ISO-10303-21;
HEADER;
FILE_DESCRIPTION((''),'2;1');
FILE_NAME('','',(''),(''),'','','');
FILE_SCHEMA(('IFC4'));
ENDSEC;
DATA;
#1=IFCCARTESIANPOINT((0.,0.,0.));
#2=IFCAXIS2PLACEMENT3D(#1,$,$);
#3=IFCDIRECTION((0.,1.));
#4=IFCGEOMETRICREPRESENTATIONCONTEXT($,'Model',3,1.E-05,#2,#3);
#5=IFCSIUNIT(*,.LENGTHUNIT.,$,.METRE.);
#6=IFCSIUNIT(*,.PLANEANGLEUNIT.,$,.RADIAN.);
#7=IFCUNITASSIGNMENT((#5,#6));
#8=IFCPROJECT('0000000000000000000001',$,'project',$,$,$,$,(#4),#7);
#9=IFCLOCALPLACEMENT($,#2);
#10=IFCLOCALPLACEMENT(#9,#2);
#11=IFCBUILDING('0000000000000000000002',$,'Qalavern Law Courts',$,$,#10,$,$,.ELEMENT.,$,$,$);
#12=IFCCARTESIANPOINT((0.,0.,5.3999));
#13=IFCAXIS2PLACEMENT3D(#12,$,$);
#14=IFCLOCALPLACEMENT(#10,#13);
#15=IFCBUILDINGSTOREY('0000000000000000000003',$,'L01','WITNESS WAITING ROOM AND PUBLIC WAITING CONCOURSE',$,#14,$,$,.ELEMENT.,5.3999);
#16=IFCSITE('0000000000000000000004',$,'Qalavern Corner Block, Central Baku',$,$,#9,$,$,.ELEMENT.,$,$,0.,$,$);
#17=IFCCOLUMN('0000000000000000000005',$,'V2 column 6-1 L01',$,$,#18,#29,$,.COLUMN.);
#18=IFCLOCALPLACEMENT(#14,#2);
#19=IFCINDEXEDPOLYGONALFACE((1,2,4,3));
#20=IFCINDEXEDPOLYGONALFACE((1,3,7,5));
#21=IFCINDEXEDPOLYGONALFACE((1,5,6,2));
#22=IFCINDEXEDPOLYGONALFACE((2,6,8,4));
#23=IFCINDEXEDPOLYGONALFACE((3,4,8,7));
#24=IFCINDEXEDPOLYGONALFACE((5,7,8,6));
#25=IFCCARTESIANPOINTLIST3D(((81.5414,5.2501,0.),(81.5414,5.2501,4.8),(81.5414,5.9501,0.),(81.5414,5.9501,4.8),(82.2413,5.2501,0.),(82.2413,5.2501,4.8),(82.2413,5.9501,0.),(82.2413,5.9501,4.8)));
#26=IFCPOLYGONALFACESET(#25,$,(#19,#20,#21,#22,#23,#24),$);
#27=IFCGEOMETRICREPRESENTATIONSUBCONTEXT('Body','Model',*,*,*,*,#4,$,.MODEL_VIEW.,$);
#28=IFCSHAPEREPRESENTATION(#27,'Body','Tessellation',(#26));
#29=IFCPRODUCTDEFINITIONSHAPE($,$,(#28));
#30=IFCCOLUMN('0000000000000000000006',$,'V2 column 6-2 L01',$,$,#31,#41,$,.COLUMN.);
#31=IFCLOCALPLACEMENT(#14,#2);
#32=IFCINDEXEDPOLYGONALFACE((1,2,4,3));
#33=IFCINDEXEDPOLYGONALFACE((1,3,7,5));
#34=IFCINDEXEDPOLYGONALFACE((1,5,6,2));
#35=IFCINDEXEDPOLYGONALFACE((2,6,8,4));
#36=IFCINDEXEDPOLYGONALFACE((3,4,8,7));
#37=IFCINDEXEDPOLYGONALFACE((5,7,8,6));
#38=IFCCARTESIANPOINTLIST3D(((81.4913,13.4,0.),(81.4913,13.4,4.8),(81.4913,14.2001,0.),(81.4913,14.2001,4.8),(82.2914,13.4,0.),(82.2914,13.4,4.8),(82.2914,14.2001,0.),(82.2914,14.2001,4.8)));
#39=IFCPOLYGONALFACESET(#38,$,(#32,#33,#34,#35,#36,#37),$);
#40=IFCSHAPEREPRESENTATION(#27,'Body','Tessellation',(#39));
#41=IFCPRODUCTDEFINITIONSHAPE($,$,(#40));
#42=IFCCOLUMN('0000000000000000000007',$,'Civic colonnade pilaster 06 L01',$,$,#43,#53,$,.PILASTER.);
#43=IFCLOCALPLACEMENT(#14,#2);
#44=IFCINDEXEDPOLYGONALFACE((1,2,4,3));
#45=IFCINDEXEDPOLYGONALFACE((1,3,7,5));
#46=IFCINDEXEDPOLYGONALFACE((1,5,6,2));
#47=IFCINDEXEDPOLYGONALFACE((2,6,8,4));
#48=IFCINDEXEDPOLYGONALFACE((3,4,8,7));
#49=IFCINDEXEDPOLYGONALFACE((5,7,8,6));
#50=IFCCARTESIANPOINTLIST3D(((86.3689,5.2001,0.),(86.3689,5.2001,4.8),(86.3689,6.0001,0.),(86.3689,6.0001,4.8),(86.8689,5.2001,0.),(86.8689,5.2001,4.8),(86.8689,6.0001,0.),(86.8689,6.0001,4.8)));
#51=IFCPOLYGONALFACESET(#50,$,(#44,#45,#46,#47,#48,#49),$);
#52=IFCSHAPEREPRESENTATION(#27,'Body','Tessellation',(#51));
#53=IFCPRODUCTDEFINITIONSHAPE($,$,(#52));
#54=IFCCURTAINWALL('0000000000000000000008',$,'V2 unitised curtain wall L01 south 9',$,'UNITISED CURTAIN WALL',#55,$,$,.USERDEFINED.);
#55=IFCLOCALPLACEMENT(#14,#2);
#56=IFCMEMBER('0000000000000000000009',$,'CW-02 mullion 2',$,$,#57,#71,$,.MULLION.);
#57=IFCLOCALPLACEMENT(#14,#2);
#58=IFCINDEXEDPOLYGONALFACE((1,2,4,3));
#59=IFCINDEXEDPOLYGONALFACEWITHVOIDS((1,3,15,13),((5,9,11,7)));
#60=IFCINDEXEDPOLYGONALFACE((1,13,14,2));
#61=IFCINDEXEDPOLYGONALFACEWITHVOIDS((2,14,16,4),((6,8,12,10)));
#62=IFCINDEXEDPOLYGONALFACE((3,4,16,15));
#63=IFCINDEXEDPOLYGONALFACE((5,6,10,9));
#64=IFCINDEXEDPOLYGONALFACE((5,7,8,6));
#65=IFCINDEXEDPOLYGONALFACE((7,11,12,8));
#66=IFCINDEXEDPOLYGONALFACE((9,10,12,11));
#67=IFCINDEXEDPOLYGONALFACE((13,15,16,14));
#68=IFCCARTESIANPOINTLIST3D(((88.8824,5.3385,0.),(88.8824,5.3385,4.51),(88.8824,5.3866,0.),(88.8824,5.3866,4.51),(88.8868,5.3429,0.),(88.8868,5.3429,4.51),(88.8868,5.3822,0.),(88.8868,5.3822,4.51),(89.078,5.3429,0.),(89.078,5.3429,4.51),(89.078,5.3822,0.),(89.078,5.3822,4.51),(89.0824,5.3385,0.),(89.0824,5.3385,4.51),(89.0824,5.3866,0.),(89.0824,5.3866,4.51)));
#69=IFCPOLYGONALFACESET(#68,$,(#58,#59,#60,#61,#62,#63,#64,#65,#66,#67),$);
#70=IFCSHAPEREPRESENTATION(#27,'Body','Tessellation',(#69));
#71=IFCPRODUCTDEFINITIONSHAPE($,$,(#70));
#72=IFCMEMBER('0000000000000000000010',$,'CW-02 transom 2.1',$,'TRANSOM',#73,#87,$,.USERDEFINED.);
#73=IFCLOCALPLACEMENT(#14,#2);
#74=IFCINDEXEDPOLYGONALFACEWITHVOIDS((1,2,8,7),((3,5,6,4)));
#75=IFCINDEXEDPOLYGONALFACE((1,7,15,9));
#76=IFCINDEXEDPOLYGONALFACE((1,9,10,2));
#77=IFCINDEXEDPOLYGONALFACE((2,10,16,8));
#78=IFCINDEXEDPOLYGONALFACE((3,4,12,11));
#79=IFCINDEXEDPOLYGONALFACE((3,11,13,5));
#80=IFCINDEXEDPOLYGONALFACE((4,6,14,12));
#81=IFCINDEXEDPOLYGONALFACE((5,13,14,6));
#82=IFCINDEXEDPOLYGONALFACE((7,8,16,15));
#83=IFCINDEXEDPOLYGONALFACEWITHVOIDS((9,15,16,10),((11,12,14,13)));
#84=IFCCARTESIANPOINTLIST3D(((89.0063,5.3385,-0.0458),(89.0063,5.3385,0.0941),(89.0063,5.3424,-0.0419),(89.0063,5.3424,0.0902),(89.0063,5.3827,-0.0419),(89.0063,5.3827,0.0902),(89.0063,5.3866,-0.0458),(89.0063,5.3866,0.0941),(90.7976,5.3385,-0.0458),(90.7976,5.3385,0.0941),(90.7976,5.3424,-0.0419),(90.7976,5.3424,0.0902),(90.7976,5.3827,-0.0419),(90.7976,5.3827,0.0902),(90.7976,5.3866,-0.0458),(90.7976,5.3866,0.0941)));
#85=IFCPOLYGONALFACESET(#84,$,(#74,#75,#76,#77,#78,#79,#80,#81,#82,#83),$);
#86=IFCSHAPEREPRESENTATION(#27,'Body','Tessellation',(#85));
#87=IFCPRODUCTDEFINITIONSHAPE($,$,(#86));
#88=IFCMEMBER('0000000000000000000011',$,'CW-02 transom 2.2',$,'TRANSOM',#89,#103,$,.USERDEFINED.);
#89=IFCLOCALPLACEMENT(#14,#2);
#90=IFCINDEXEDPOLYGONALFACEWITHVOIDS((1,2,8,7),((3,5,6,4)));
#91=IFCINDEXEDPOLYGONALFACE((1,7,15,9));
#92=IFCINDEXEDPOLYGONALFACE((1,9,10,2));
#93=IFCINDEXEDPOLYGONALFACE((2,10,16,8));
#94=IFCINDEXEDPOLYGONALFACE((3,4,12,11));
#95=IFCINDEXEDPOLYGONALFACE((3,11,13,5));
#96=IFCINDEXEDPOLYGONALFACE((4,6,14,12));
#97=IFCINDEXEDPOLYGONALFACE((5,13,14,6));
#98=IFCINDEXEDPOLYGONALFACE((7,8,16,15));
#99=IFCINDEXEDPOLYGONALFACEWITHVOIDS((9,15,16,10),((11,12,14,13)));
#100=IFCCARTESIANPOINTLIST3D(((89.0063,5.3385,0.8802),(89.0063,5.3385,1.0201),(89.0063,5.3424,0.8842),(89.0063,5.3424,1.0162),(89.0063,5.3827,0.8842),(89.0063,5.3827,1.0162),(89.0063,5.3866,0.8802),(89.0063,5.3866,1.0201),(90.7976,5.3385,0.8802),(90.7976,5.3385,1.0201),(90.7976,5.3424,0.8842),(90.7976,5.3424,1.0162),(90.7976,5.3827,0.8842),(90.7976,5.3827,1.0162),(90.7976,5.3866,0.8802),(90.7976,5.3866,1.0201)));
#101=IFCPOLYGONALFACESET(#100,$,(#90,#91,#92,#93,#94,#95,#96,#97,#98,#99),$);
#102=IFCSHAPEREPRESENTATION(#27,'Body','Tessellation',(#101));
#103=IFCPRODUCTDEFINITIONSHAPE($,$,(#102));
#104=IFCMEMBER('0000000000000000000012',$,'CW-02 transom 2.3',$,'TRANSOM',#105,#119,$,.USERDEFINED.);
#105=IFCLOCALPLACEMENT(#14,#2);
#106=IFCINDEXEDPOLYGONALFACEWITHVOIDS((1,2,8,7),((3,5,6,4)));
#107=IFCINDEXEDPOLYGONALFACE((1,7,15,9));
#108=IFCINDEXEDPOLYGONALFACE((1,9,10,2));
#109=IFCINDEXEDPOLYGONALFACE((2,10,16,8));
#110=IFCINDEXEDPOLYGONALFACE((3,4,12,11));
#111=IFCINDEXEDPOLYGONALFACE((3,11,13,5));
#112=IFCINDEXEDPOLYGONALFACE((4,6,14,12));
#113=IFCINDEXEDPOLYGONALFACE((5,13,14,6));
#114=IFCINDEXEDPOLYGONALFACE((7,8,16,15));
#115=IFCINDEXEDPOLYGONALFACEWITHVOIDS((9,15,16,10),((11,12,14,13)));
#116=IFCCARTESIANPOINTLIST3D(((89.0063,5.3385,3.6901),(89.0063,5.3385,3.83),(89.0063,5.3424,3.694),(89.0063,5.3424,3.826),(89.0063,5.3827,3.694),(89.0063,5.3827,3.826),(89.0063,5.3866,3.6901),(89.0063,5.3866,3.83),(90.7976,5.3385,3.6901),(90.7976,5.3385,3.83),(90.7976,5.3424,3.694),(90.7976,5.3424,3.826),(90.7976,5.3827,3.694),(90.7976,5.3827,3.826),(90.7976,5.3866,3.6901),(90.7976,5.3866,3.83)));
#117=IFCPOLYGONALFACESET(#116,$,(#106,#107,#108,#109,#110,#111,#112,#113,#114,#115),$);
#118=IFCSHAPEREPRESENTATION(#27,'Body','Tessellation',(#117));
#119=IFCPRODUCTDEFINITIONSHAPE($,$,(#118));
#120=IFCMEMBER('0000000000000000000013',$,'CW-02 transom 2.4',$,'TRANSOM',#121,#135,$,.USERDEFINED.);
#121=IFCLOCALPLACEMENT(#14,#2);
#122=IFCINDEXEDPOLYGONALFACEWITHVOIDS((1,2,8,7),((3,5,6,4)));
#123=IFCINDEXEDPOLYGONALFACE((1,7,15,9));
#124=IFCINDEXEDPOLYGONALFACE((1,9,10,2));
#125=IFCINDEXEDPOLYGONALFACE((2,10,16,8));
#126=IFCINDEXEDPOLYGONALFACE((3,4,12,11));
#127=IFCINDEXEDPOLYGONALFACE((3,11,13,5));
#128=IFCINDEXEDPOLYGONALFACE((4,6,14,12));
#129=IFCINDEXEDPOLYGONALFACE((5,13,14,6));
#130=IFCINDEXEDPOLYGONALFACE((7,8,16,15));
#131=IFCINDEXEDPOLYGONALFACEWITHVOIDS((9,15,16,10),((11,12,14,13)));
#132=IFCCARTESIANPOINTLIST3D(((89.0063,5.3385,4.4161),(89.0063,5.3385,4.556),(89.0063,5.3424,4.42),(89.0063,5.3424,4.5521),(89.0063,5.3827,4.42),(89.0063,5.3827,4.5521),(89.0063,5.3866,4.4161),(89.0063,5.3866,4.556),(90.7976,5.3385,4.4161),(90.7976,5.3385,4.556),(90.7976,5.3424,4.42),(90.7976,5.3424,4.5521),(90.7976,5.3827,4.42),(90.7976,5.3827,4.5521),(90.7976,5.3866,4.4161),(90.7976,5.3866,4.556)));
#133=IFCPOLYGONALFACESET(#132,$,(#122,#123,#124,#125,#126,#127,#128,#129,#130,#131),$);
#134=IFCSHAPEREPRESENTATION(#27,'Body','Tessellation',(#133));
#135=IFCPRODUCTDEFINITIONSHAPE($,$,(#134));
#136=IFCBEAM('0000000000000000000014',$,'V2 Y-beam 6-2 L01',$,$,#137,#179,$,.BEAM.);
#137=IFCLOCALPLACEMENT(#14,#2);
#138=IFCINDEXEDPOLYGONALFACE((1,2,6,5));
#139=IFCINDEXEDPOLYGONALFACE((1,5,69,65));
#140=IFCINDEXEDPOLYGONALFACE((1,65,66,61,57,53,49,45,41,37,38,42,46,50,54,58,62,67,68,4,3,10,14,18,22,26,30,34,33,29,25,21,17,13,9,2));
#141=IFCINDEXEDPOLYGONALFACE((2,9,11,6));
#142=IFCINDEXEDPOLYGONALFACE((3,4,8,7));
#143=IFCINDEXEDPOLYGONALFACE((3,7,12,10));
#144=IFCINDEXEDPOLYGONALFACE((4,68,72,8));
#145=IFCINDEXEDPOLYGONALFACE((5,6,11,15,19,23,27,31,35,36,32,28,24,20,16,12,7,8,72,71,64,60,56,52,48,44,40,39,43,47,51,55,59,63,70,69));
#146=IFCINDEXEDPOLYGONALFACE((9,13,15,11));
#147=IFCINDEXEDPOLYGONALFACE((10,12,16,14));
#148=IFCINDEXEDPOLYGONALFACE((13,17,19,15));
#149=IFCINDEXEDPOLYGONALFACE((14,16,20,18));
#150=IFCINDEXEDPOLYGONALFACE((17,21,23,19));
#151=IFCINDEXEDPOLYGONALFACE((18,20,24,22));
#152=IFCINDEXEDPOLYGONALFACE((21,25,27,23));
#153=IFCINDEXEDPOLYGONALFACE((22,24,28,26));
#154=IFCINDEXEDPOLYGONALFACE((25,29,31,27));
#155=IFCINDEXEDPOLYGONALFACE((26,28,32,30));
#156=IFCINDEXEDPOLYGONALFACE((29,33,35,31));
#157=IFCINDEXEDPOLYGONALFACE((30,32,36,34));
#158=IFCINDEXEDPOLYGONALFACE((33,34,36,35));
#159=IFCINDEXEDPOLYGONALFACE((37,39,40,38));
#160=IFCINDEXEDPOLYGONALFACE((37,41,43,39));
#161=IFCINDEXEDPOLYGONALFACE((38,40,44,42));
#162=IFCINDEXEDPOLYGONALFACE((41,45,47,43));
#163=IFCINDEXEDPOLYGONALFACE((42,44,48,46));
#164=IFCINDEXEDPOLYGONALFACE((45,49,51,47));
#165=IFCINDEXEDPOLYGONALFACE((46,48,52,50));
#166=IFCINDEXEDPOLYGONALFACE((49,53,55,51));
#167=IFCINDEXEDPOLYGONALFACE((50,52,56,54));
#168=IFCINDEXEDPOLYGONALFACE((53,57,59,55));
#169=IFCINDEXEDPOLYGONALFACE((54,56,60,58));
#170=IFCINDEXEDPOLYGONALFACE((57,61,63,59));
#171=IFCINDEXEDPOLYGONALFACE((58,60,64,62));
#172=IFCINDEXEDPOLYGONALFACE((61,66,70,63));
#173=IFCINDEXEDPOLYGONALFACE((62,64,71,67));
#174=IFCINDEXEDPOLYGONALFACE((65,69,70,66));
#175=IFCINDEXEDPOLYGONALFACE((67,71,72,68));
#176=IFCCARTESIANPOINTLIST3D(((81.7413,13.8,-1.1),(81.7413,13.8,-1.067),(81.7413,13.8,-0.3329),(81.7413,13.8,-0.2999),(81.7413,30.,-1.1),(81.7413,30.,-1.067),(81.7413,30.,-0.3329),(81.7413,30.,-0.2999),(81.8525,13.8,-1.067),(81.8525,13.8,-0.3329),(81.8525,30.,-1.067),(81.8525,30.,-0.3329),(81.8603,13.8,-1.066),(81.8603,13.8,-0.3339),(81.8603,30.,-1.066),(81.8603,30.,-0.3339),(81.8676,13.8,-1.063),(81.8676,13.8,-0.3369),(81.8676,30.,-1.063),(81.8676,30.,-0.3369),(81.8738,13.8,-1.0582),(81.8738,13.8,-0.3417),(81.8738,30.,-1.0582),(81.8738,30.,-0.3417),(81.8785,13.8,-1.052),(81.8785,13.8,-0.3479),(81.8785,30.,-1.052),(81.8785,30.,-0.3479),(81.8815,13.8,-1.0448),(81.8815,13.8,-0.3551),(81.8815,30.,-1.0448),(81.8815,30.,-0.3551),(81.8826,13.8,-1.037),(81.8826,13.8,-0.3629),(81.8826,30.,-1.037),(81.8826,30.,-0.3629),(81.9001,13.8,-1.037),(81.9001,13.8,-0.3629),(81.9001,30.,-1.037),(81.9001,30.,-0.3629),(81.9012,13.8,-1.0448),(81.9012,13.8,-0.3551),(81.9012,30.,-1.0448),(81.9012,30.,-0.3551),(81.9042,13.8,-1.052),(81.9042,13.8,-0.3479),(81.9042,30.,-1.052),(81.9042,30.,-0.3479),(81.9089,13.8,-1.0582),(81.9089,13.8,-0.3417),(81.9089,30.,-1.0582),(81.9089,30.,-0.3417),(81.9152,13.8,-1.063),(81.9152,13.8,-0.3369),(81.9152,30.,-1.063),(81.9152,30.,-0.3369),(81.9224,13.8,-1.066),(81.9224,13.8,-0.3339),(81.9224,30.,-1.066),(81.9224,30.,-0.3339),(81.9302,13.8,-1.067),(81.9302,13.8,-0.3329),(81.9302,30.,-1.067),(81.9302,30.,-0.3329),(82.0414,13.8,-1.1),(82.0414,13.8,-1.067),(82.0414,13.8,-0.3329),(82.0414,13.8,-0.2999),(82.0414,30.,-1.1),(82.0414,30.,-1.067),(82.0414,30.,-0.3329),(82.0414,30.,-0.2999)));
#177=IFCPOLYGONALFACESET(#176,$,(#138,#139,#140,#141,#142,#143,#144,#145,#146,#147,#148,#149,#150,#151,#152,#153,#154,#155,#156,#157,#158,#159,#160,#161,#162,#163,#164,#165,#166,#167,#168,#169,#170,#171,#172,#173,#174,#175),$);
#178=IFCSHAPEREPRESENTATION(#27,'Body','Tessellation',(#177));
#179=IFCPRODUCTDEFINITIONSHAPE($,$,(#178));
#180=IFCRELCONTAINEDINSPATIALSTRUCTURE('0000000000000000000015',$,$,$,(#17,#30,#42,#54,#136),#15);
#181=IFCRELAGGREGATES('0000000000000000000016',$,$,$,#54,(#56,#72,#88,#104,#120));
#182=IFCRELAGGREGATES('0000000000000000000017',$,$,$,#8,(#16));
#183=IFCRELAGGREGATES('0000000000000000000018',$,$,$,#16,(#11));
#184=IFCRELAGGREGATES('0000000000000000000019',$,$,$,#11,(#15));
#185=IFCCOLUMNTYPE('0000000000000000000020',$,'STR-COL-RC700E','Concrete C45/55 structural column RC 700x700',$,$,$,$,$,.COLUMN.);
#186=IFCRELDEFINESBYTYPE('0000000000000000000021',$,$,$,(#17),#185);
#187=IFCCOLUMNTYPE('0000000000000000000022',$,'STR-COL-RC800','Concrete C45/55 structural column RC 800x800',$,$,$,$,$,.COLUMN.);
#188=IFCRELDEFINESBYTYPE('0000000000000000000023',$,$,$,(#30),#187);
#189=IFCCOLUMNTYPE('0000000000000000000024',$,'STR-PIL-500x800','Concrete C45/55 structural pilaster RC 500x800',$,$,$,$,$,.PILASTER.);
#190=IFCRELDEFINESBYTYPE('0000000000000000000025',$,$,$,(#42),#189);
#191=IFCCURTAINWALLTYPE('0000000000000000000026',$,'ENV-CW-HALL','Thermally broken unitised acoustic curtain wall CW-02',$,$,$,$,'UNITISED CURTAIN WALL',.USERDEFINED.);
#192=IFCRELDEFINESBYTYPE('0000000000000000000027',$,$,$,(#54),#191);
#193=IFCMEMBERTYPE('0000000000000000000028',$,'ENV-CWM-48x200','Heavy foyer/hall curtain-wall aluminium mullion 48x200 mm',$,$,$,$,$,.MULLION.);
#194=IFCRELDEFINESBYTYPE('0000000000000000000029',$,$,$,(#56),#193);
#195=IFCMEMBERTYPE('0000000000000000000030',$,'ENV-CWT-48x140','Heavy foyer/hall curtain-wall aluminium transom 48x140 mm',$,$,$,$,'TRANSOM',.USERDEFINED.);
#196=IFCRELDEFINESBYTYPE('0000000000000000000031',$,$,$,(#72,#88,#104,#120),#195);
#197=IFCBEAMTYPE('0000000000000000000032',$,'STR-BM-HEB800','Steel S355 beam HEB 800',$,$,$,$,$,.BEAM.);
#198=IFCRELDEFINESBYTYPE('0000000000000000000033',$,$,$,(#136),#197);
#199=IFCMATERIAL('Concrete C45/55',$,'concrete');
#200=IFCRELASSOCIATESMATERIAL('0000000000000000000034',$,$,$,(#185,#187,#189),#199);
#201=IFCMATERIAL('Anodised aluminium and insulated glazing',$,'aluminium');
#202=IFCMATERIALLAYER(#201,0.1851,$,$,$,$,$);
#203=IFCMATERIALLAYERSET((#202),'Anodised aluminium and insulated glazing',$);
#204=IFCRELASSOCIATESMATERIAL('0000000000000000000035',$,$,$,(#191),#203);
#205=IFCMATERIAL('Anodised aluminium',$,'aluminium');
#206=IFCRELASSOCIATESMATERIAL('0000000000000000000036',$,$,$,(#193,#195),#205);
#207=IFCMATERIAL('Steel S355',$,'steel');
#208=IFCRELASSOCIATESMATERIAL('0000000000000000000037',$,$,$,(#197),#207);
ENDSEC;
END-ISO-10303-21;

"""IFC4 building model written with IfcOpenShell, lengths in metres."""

from ifc_helpers import new_model, si_unit, direction, frame, origin, origin_2d, place, context, subcontext, project, spatial, rectangle, hollow_rectangle, i_section, extrude, material, layer, layer_set, material_profile, profile_set, type_object, element, aggregate, save


model = new_model("IFC4")

# Units and contexts
model_context = context("Model", 3, precision=1e-05, world=origin(), true_north=direction((0.0, 1.0)))
body_context = subcontext(model_context, "Body", "Model", "MODEL_VIEW")
ifc_project = project(units=[si_unit("LENGTHUNIT", "METRE"), si_unit("PLANEANGLEUNIT", "RADIAN")], contexts=[model_context])

# Site, building, storey
site_placement = place(None, origin())
site = spatial("IfcSite", under=ifc_project, at=site_placement, Name="Qalavern Corner Block, Central Baku", CompositionType="ELEMENT", RefElevation=0.0)
building_placement = place(site_placement, origin())
building = spatial("IfcBuilding", under=site, at=building_placement, Name="Qalavern Law Courts", CompositionType="ELEMENT")
storey_placement = place(building_placement, frame((0.0, 0.0, 5.3999)))
storey = spatial("IfcBuildingStorey", under=building, at=storey_placement, Name="L01", Description="WITNESS WAITING ROOM AND PUBLIC WAITING CONCOURSE", CompositionType="ELEMENT", Elevation=5.3999)

# Columns
ifc_material_1 = material(Name="Concrete C45/55", Category="concrete")
ifc_material_profile_1 = material_profile(ifc_material_1, rectangle(XDim=0.7, YDim=0.7, at=origin_2d()), Name="RC 700x700")
ifc_profile_set_1 = profile_set([ifc_material_profile_1], Name="Concrete C45/55")
column_type_1 = type_object("IfcColumnType", Name="STR-COL-RC700E", Description="Concrete C45/55 structural column RC 700x700", PredefinedType="COLUMN", material=ifc_profile_set_1)
column_1_placement = place(storey_placement, frame((81.8914, 5.6001, 0.0), z_axis=(0.0, 0.0, 1.0), x_axis=(1.0, 0.0, 0.0)))
element("IfcColumn", 1, at=column_1_placement, inside=storey, type_object=column_type_1, Name="V2 column 6-1 L01", PredefinedType="COLUMN", context=body_context, shape_type="SweptSolid", body=[
    extrude(rectangle(XDim=0.7, YDim=0.7, at=origin_2d()), origin(), (0.0, 0.0, 1.0), 4.8),
])
ifc_material_profile_2 = material_profile(ifc_material_1, rectangle(XDim=0.8, YDim=0.8, at=origin_2d()), Name="RC 800x800")
ifc_profile_set_2 = profile_set([ifc_material_profile_2], Name="Concrete C45/55")
column_type_2 = type_object("IfcColumnType", Name="STR-COL-RC800", Description="Concrete C45/55 structural column RC 800x800", PredefinedType="COLUMN", material=ifc_profile_set_2)
column_2_placement = place(storey_placement, frame((81.8914, 13.8, 0.0), z_axis=(0.0, 0.0, 1.0), x_axis=(1.0, 0.0, 0.0)))
element("IfcColumn", 2, at=column_2_placement, inside=storey, type_object=column_type_2, Name="V2 column 6-2 L01", PredefinedType="COLUMN", context=body_context, shape_type="SweptSolid", body=[
    extrude(rectangle(XDim=0.8, YDim=0.8, at=origin_2d()), origin(), (0.0, 0.0, 1.0), 4.8),
])
ifc_material_profile_3 = material_profile(ifc_material_1, rectangle(XDim=0.5, YDim=0.8, at=origin_2d()), Name="RC 500x800")
ifc_profile_set_3 = profile_set([ifc_material_profile_3], Name="Concrete C45/55")
column_type_3 = type_object("IfcColumnType", Name="STR-PIL-500x800", Description="Concrete C45/55 structural pilaster RC 500x800", PredefinedType="PILASTER", material=ifc_profile_set_3)
column_3_placement = place(storey_placement, frame((86.6189, 5.6001, 0.0), z_axis=(0.0, 0.0, 1.0), x_axis=(1.0, 0.0, 0.0)))
element("IfcColumn", 3, at=column_3_placement, inside=storey, type_object=column_type_3, Name="Civic colonnade pilaster 06 L01", PredefinedType="PILASTER", context=body_context, shape_type="SweptSolid", body=[
    extrude(rectangle(XDim=0.5, YDim=0.8, at=origin_2d()), origin(), (0.0, 0.0, 1.0), 4.8),
])

# Curtain wall, members
ifc_material_2 = material(Name="Anodised aluminium and insulated glazing", Category="aluminium")
ifc_layer_1 = layer(ifc_material_2, 0.1851)
ifc_layer_set_1 = layer_set([ifc_layer_1], Name="Anodised aluminium and insulated glazing")
curtain_wall_type = type_object("IfcCurtainWallType", Name="ENV-CW-HALL", Description="Thermally broken unitised acoustic curtain wall CW-02", ElementType="UNITISED CURTAIN WALL", PredefinedType="USERDEFINED", material=ifc_layer_set_1)
curtain_wall_placement = place(storey_placement, origin())
curtain_wall = element("IfcCurtainWall", 4, at=curtain_wall_placement, inside=storey, type_object=curtain_wall_type, Name="V2 unitised curtain wall L01 south 9", ObjectType="UNITISED CURTAIN WALL", PredefinedType="USERDEFINED")
ifc_material_3 = material(Name="Anodised aluminium", Category="aluminium")
ifc_material_profile_4 = material_profile(ifc_material_3, hollow_rectangle(XDim=0.0481, YDim=0.2, WallThickness=0.0044, at=origin_2d()), Name="ALU MULLION 48x200")
ifc_profile_set_4 = profile_set([ifc_material_profile_4], Name="Anodised aluminium")
member_type_1 = type_object("IfcMemberType", Name="ENV-CWM-48x200", Description="Heavy foyer/hall curtain-wall aluminium mullion 48x200 mm", PredefinedType="MULLION", material=ifc_profile_set_4)
member_1_placement = place(storey_placement, frame((88.9824, 5.3625, 0.0), z_axis=(0.0, 0.0, 1.0), x_axis=(0.0, 1.0, 0.0)))
member_1 = element("IfcMember", 5, at=member_1_placement, type_object=member_type_1, Name="CW-02 mullion 2", PredefinedType="MULLION", context=body_context, shape_type="SweptSolid", body=[
    extrude(hollow_rectangle(XDim=0.0481, YDim=0.2, WallThickness=0.0044, at=origin_2d()), origin(), (0.0, 0.0, 1.0), 4.51),
])
ifc_material_profile_5 = material_profile(ifc_material_3, hollow_rectangle(XDim=0.0481, YDim=0.1399, WallThickness=0.0039, at=origin_2d()), Name="ALU TRANSOM 48x140")
ifc_profile_set_5 = profile_set([ifc_material_profile_5], Name="Anodised aluminium")
member_type_2 = type_object("IfcMemberType", Name="ENV-CWT-48x140", Description="Heavy foyer/hall curtain-wall aluminium transom 48x140 mm", ElementType="TRANSOM", PredefinedType="USERDEFINED", material=ifc_profile_set_5)
member_2_placement = place(storey_placement, frame((89.0063, 5.3625, 0.0242), z_axis=(1.0, 0.0, 0.0), x_axis=(0.0, 1.0, 0.0)))
member_2 = element("IfcMember", 6, at=member_2_placement, type_object=member_type_2, Name="CW-02 transom 2.1", ObjectType="TRANSOM", PredefinedType="USERDEFINED", context=body_context, shape_type="SweptSolid", body=[
    extrude(hollow_rectangle(XDim=0.0481, YDim=0.1399, WallThickness=0.0039, at=origin_2d()), origin(), (0.0, 0.0, 1.0), 1.7913),
])
member_3_placement = place(storey_placement, frame((89.0063, 5.3625, 0.9502), z_axis=(1.0, 0.0, 0.0), x_axis=(0.0, 1.0, 0.0)))
member_3 = element("IfcMember", 7, at=member_3_placement, type_object=member_type_2, Name="CW-02 transom 2.2", ObjectType="TRANSOM", PredefinedType="USERDEFINED", context=body_context, shape_type="SweptSolid", body=[
    extrude(hollow_rectangle(XDim=0.0481, YDim=0.1399, WallThickness=0.0039, at=origin_2d()), origin(), (0.0, 0.0, 1.0), 1.7913),
])
member_4_placement = place(storey_placement, frame((89.0063, 5.3625, 3.76), z_axis=(1.0, 0.0, 0.0), x_axis=(0.0, 1.0, 0.0)))
member_4 = element("IfcMember", 8, at=member_4_placement, type_object=member_type_2, Name="CW-02 transom 2.3", ObjectType="TRANSOM", PredefinedType="USERDEFINED", context=body_context, shape_type="SweptSolid", body=[
    extrude(hollow_rectangle(XDim=0.0481, YDim=0.1399, WallThickness=0.0039, at=origin_2d()), origin(), (0.0, 0.0, 1.0), 1.7913),
])
member_5_placement = place(storey_placement, frame((89.0063, 5.3625, 4.4861), z_axis=(1.0, 0.0, 0.0), x_axis=(0.0, 1.0, 0.0)))
member_5 = element("IfcMember", 9, at=member_5_placement, type_object=member_type_2, Name="CW-02 transom 2.4", ObjectType="TRANSOM", PredefinedType="USERDEFINED", context=body_context, shape_type="SweptSolid", body=[
    extrude(hollow_rectangle(XDim=0.0481, YDim=0.1399, WallThickness=0.0039, at=origin_2d()), origin(), (0.0, 0.0, 1.0), 1.7913),
])

# Beam
ifc_material_4 = material(Name="Steel S355", Category="steel")
ifc_material_profile_6 = material_profile(ifc_material_4, i_section(OverallWidth=0.3, OverallDepth=0.8, WebThickness=0.0176, FlangeThickness=0.033, FilletRadius=0.03, at=origin_2d()), Name="HEB 800")
ifc_profile_set_6 = profile_set([ifc_material_profile_6], Name="Steel S355")
beam_type_1 = type_object("IfcBeamType", Name="STR-BM-HEB800", Description="Steel S355 beam HEB 800", PredefinedType="BEAM", material=ifc_profile_set_6)
beam_1_placement = place(storey_placement, frame((81.8914, 13.8, -0.7), z_axis=(0.0, 1.0, 0.0), x_axis=(-1.0, 0.0, 0.0)))
element("IfcBeam", 10, at=beam_1_placement, inside=storey, type_object=beam_type_1, Name="V2 Y-beam 6-2 L01", PredefinedType="BEAM", context=body_context, shape_type="SweptSolid", body=[
    extrude(i_section(OverallWidth=0.3, OverallDepth=0.8, WebThickness=0.0176, FlangeThickness=0.033, FilletRadius=0.03, at=origin_2d()), origin(), (0.0, 0.0, 1.0), 16.2),
])

aggregate(curtain_wall, [member_1, member_2, member_3, member_4, member_5])

save(model, "model.ifc")
